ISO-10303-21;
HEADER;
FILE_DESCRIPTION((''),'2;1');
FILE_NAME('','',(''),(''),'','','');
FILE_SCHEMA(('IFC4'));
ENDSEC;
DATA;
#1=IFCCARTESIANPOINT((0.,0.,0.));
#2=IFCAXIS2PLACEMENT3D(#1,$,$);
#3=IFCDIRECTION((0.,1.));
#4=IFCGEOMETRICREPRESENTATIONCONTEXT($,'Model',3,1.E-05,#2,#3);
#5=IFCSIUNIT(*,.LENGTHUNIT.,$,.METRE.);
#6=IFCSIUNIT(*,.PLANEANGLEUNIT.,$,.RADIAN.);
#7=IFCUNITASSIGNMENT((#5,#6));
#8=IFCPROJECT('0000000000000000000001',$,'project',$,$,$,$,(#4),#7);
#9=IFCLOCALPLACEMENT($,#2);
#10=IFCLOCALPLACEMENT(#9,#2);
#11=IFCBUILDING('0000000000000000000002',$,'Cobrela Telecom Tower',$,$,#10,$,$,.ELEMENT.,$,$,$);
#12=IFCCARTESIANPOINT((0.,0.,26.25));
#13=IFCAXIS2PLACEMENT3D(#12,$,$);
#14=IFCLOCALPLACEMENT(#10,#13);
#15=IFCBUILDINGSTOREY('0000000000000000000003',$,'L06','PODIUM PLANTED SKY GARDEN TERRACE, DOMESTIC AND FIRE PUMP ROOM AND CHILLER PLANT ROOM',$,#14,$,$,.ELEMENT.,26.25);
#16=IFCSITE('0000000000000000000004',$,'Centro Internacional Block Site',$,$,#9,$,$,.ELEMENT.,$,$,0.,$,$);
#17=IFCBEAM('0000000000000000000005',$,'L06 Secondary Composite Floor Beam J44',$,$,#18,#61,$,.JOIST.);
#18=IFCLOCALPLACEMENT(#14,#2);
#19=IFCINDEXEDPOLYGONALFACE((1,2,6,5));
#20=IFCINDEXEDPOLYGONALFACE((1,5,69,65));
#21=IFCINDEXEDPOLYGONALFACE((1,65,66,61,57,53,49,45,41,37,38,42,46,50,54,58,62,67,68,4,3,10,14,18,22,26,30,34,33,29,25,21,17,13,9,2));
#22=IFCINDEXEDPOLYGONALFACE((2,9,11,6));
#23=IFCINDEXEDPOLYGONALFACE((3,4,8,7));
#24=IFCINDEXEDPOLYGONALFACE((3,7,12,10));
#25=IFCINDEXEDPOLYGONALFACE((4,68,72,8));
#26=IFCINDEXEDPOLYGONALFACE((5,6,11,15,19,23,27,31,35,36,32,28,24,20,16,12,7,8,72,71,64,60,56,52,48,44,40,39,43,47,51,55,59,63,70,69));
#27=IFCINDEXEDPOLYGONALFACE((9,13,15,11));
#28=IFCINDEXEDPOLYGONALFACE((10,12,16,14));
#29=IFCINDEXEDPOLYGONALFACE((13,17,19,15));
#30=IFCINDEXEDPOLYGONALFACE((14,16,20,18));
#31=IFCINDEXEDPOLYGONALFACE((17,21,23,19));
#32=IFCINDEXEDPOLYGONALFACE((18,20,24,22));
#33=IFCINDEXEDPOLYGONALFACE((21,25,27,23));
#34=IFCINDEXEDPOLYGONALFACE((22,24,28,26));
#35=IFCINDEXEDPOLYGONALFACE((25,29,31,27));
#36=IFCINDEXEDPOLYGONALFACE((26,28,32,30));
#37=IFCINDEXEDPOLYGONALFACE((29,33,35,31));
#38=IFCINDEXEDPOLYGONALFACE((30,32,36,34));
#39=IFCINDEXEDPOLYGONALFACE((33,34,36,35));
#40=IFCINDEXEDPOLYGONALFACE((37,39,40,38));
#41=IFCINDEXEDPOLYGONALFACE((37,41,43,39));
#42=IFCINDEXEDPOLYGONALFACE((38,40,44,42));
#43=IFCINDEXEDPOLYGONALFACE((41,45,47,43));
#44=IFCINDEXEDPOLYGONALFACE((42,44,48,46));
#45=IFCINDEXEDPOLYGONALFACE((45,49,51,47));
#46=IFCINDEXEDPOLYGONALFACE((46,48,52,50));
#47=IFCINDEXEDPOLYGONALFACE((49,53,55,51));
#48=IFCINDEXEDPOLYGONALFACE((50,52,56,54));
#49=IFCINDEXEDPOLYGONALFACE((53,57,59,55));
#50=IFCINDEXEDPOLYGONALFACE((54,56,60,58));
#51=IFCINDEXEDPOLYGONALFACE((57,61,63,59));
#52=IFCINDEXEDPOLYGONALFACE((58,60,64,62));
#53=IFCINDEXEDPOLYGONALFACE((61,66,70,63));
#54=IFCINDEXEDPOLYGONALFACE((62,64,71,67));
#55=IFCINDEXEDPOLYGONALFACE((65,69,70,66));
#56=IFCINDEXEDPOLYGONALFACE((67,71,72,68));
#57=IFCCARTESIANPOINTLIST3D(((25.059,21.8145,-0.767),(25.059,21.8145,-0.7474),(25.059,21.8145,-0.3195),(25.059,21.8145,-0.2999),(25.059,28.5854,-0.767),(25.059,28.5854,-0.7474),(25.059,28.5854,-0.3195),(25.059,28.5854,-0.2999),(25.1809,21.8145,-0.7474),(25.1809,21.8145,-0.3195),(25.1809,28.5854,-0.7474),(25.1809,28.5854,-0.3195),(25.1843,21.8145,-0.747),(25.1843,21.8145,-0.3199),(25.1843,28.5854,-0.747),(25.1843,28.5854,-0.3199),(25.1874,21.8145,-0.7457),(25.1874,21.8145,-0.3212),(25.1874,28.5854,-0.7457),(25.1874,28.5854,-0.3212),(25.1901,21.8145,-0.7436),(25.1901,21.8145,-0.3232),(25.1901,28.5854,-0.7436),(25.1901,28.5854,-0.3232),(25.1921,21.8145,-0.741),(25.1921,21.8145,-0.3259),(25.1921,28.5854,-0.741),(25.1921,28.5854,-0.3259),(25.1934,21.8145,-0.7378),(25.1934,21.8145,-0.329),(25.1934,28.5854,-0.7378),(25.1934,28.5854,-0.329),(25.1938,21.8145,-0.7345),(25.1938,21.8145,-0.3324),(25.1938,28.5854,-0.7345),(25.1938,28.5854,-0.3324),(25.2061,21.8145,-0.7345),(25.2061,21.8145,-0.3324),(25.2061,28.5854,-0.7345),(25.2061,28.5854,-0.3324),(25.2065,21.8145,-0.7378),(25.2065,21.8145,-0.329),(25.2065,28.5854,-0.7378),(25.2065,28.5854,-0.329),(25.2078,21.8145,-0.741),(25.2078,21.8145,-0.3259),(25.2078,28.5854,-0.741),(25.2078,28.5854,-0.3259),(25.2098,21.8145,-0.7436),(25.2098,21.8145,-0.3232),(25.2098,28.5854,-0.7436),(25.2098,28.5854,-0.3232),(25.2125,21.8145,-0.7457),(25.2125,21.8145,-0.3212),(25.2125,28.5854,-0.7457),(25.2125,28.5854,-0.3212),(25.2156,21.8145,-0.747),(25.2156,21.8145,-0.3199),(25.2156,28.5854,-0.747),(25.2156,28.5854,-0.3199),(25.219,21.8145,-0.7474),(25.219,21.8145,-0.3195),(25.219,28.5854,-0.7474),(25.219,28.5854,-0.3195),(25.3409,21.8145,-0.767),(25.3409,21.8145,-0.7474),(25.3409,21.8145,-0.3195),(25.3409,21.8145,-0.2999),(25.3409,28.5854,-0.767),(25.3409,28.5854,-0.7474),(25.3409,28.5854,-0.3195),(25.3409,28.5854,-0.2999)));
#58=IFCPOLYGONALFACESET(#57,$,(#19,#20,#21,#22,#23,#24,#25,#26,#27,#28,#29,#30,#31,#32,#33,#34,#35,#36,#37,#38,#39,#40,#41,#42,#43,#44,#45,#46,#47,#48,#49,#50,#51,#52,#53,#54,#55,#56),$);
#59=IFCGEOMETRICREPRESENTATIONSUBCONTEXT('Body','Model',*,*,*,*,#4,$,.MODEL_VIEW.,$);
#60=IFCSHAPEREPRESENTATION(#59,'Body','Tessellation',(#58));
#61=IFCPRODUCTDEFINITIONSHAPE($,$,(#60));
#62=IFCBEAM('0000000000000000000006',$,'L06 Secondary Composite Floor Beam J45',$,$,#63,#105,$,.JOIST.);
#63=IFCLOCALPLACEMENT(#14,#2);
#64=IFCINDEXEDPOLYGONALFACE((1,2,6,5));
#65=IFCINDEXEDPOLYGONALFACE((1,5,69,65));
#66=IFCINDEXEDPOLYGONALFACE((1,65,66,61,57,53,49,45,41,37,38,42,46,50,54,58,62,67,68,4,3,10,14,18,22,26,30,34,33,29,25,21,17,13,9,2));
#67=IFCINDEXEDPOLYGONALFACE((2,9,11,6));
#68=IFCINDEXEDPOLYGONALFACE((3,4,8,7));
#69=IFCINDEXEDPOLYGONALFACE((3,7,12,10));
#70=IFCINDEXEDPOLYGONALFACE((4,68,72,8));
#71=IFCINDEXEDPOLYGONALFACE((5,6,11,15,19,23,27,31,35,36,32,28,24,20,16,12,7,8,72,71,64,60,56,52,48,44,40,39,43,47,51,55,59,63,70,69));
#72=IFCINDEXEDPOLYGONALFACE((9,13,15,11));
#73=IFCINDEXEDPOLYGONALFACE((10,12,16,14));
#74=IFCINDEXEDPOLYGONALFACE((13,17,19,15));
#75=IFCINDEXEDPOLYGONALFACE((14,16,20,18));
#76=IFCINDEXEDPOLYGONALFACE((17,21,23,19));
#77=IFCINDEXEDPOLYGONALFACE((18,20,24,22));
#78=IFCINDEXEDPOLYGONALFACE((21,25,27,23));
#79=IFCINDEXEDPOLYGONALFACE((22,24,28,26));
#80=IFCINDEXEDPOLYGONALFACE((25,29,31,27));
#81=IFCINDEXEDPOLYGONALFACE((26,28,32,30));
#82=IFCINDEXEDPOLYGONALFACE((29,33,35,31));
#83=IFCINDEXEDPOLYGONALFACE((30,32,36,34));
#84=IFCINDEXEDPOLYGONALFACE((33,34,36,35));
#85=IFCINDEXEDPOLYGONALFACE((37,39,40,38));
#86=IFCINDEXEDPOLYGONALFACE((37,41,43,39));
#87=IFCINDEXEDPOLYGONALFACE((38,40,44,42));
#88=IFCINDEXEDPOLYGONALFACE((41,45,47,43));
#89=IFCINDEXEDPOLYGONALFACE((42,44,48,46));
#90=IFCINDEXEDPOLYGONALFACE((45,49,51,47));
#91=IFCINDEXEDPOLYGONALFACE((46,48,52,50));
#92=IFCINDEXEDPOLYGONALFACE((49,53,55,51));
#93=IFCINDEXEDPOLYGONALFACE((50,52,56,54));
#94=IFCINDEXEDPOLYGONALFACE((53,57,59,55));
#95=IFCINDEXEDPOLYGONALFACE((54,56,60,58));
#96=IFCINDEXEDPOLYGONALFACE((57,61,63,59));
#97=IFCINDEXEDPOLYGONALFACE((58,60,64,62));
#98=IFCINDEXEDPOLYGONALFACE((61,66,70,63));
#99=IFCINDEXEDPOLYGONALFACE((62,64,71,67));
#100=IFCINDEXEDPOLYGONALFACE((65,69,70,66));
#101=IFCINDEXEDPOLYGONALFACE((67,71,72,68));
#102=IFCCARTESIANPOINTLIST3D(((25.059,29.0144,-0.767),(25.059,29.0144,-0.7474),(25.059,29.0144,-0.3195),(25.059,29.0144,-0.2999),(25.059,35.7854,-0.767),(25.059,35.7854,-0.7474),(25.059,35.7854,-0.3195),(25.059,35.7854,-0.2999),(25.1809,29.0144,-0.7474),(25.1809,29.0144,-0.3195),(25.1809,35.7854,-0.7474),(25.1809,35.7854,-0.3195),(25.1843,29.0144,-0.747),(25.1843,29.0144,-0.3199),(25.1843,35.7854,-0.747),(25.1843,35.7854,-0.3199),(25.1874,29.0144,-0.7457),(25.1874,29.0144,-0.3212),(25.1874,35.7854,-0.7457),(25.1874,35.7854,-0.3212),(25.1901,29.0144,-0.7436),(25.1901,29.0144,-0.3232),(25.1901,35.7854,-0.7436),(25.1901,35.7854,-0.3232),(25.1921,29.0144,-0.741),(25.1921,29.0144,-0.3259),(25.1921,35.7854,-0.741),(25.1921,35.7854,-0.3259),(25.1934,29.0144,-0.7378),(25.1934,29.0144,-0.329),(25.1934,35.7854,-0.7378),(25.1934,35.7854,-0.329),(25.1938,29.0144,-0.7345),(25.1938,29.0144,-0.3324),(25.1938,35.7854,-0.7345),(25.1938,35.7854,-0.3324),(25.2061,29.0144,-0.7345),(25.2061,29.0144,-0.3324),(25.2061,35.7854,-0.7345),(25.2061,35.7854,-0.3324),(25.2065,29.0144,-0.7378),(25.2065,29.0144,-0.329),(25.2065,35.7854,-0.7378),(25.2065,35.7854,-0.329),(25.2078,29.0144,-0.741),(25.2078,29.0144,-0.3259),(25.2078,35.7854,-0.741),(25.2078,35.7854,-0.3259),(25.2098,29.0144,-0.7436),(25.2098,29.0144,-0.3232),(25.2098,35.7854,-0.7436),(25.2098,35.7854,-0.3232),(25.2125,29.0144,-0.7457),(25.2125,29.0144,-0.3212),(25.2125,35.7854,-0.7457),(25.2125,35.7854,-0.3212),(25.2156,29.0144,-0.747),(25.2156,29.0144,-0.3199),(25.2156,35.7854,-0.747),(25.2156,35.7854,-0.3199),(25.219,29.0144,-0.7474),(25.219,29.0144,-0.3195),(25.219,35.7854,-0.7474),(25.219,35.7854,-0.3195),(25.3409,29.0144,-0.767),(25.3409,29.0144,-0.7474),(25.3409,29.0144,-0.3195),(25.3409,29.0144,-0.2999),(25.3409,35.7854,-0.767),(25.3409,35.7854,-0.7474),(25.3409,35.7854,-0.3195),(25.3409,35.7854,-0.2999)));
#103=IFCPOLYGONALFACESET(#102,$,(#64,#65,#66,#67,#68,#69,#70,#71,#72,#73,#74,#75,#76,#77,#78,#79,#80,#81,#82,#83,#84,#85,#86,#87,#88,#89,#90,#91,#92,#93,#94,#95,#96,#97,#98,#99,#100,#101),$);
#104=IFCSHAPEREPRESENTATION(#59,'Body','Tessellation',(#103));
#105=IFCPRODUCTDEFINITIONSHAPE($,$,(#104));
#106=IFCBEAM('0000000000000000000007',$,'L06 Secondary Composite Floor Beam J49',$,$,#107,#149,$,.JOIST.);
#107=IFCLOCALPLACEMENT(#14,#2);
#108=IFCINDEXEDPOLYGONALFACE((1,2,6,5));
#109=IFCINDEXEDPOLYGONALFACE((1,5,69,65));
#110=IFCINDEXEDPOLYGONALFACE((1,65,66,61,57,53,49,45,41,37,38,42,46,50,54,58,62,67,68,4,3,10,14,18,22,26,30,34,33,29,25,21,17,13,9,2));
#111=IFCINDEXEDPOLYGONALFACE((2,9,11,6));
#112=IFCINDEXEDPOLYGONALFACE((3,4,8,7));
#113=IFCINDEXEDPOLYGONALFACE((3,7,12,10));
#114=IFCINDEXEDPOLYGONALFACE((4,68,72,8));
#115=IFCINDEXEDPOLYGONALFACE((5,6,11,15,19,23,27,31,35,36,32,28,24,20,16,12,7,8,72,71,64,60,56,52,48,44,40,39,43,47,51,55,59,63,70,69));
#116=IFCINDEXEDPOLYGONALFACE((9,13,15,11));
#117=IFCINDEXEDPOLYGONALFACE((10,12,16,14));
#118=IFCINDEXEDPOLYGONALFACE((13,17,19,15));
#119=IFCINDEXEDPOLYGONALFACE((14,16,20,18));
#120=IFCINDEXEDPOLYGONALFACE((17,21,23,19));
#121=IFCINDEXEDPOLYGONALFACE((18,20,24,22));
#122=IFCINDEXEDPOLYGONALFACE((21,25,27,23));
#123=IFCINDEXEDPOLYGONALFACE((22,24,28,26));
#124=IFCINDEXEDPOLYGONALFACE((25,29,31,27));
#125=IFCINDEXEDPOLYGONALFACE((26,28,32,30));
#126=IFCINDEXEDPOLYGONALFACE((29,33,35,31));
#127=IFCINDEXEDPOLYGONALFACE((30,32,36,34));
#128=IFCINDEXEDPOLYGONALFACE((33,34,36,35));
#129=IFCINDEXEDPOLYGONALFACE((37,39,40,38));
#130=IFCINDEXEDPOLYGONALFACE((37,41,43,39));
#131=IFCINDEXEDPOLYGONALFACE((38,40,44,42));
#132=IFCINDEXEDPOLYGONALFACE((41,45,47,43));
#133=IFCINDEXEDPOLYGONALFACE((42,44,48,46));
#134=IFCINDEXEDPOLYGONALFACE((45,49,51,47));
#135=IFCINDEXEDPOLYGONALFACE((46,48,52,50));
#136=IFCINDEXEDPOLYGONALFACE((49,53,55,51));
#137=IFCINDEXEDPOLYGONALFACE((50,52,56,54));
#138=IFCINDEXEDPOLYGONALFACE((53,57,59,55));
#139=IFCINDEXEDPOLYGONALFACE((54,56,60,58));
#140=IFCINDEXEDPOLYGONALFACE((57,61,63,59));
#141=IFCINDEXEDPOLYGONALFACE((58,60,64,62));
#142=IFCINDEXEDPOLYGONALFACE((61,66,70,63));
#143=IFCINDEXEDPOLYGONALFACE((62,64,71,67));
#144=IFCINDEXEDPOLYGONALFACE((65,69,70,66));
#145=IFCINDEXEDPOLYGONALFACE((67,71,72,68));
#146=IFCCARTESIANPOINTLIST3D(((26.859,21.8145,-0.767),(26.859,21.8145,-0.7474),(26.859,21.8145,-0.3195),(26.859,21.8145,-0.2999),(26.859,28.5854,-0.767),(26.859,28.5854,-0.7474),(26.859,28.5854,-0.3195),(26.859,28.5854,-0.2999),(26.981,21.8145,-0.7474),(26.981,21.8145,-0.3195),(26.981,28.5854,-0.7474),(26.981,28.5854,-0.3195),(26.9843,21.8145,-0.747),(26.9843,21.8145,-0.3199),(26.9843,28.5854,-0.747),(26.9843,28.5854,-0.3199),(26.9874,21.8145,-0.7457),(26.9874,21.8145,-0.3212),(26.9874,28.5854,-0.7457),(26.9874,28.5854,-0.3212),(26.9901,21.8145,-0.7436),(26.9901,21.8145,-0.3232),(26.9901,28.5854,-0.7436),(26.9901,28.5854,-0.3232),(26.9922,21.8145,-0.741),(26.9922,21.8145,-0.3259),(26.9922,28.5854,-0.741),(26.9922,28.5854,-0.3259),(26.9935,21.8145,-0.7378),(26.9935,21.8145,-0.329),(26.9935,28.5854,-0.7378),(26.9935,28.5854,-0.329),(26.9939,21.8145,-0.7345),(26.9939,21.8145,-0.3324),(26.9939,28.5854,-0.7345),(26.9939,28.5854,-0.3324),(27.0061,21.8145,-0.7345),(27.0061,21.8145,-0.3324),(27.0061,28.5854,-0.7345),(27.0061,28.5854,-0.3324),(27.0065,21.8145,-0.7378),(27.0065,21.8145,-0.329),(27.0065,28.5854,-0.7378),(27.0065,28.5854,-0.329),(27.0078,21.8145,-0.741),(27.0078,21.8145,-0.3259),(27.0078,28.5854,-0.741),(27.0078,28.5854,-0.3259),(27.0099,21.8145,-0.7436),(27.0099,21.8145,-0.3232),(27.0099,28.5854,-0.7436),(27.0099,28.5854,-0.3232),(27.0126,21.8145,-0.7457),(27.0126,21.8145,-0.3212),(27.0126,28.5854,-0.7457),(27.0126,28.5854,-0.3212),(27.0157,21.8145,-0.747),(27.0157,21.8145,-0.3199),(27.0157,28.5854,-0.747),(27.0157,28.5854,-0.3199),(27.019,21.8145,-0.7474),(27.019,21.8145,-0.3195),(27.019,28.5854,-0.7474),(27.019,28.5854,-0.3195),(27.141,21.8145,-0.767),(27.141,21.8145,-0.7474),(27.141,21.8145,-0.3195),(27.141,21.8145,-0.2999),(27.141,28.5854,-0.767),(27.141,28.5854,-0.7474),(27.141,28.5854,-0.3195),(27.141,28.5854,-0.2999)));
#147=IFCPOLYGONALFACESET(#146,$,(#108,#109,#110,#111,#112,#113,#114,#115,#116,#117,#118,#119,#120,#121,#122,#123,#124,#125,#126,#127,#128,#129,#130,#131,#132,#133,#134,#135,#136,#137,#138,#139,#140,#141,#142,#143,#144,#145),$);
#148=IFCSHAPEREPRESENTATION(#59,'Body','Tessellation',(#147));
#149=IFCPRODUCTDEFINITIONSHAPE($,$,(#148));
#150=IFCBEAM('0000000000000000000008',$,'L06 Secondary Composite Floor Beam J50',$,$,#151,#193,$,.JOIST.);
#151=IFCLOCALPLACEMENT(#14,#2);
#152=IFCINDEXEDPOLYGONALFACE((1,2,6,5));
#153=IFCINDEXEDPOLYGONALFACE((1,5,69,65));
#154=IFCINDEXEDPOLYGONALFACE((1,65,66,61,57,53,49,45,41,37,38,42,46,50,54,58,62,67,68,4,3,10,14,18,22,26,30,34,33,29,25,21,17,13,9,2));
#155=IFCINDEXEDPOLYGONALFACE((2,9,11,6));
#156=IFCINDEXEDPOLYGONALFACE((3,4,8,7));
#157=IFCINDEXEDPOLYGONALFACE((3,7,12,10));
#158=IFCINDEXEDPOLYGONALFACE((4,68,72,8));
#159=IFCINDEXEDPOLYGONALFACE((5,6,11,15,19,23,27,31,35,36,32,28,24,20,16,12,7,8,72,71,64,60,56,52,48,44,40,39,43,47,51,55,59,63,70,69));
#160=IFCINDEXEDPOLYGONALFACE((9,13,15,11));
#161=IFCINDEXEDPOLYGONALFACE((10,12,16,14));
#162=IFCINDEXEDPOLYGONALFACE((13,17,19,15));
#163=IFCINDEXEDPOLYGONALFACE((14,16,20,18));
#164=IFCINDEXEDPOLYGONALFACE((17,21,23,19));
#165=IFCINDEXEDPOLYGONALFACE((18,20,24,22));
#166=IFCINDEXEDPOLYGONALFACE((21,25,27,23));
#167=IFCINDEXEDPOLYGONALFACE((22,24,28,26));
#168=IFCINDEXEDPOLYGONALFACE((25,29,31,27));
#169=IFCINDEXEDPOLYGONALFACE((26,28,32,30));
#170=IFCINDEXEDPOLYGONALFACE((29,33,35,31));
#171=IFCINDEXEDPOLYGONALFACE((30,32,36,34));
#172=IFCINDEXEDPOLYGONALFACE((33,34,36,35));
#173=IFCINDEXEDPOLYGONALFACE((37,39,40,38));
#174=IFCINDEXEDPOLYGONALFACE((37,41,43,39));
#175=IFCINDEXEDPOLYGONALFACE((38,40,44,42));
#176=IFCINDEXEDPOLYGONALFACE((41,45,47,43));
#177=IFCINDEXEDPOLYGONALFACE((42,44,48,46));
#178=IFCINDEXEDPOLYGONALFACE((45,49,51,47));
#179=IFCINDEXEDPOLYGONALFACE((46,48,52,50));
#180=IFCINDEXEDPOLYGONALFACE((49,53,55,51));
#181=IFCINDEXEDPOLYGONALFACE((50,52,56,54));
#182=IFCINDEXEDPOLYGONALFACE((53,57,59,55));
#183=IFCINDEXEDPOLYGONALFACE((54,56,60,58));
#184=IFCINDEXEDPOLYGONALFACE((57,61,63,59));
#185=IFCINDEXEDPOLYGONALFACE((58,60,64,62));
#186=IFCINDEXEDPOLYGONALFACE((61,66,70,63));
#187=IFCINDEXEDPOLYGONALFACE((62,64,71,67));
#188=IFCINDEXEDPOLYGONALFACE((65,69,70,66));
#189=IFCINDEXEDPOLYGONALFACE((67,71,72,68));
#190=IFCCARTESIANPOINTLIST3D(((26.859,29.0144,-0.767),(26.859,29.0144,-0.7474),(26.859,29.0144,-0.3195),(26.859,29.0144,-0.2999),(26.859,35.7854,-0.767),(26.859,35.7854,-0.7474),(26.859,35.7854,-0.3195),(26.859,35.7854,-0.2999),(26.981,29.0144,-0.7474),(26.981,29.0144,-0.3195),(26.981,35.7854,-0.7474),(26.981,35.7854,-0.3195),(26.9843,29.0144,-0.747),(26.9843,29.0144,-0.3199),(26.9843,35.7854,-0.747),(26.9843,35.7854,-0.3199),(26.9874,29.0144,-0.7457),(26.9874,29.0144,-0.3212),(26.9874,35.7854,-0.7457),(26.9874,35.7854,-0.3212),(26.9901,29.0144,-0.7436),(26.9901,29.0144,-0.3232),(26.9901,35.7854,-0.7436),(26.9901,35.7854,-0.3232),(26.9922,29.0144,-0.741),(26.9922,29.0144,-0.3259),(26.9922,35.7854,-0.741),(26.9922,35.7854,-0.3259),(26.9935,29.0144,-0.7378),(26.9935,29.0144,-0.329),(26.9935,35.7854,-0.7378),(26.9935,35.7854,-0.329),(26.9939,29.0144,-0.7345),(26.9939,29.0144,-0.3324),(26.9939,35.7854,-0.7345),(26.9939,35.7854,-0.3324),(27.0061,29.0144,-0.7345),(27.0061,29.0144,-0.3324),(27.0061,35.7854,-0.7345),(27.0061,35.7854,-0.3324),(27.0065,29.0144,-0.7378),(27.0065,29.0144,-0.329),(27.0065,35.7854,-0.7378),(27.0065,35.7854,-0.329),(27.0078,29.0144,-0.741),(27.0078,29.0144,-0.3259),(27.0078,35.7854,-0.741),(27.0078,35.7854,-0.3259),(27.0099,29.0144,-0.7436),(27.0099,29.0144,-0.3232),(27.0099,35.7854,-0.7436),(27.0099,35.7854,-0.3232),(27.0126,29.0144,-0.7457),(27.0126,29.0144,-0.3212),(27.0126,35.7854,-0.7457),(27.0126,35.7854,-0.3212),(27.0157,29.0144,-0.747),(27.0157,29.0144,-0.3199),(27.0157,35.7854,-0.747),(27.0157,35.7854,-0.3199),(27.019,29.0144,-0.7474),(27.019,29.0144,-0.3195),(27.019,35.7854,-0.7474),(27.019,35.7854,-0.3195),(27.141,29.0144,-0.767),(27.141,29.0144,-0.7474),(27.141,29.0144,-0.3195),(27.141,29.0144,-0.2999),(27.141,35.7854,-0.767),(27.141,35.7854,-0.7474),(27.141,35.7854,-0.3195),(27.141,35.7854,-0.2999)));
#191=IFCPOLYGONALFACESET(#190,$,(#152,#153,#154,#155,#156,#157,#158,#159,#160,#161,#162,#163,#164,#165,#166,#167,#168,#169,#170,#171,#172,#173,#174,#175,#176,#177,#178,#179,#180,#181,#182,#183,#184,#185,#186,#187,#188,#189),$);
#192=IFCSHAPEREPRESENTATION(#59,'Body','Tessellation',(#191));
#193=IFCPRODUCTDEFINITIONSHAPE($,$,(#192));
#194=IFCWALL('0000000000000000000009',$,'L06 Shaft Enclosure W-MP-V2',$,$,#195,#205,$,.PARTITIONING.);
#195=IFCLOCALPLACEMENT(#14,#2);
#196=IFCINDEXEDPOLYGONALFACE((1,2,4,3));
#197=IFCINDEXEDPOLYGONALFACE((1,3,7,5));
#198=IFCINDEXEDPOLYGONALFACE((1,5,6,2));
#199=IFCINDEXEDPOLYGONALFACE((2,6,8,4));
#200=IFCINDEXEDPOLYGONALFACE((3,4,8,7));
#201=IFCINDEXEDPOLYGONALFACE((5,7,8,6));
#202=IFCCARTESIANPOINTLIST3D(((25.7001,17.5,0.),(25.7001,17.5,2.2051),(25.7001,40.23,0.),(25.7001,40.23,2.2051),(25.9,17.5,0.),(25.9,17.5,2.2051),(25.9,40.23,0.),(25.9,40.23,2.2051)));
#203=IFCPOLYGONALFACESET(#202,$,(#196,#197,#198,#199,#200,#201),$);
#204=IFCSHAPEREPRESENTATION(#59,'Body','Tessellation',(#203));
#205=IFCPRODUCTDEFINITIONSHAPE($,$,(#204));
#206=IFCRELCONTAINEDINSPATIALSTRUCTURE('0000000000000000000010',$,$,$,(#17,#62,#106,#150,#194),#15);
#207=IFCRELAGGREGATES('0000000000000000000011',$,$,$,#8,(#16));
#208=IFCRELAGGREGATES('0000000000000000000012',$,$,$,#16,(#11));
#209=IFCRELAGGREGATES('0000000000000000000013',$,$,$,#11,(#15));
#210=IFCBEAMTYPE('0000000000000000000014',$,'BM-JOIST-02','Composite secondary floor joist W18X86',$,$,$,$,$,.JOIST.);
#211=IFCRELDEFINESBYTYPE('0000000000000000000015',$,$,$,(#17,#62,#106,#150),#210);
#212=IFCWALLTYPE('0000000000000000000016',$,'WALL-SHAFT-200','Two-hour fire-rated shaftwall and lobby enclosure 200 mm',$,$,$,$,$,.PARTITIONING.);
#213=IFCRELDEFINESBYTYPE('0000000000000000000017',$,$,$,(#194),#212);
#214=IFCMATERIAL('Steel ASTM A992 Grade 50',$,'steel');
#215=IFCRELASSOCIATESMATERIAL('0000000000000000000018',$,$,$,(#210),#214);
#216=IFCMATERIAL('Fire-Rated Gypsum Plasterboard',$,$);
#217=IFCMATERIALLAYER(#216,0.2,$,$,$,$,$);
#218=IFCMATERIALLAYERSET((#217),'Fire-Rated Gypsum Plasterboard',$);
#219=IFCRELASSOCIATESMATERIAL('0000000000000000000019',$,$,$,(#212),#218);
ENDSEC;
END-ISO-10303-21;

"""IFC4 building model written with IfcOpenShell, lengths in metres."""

from ifc_helpers import new_model, si_unit, direction, frame, frame_2d, origin, origin_2d, place, context, subcontext, project, spatial, rectangle, i_section, extrude, material, layer, layer_set, material_profile, profile_set, type_object, element, save


model = new_model("IFC4")

# Units and contexts
model_context = context("Model", 3, precision=1e-05, world=origin(), true_north=direction((0.0, 1.0)))
body_context = subcontext(model_context, "Body", "Model", "MODEL_VIEW")
ifc_project = project(units=[si_unit("LENGTHUNIT", "METRE"), si_unit("PLANEANGLEUNIT", "RADIAN")], contexts=[model_context])

# Site, building, storey
site_placement = place(None, origin())
site = spatial("IfcSite", under=ifc_project, at=site_placement, Name="Centro Internacional Block Site", CompositionType="ELEMENT", RefElevation=0.0)
building_placement = place(site_placement, origin())
building = spatial("IfcBuilding", under=site, at=building_placement, Name="Cobrela Telecom Tower", CompositionType="ELEMENT")
storey_placement = place(building_placement, frame((0.0, 0.0, 26.25)))
storey = spatial("IfcBuildingStorey", under=building, at=storey_placement, Name="L06", Description="PODIUM PLANTED SKY GARDEN TERRACE, DOMESTIC AND FIRE PUMP ROOM AND CHILLER PLANT ROOM", CompositionType="ELEMENT", Elevation=26.25)

# Beams
ifc_material_1 = material(Name="Steel ASTM A992 Grade 50", Category="steel")
ifc_material_profile = material_profile(ifc_material_1, i_section(OverallWidth=0.282, OverallDepth=0.467, WebThickness=0.0122, FlangeThickness=0.0195, FilletRadius=0.0129, at=origin_2d()), Name="W18X86")
ifc_profile_set = profile_set([ifc_material_profile], Name="Steel ASTM A992 Grade 50")
beam_type = type_object("IfcBeamType", Name="BM-JOIST-02", Description="Composite secondary floor joist W18X86", PredefinedType="JOIST", material=ifc_profile_set)
for number, where, z_axis, x_axis, name in (
    (1, (25.2, 21.8145, -0.5334), (0.0, 1.0, 0.0), (-1.0, 0.0, 0.0), "L06 Secondary Composite Floor Beam J44"),
    (2, (25.2, 29.0144, -0.5334), (0.0, 1.0, 0.0), (-1.0, 0.0, 0.0), "L06 Secondary Composite Floor Beam J45"),
    (3, (27.0, 21.8145, -0.5334), (0.0, 1.0, 0.0), (-1.0, 0.0, 0.0), "L06 Secondary Composite Floor Beam J49"),
    (4, (27.0, 29.0144, -0.5334), (0.0, 1.0, 0.0), (-1.0, 0.0, 0.0), "L06 Secondary Composite Floor Beam J50"),
):
    element("IfcBeam", number, at=place(storey_placement, frame(where, z_axis=z_axis, x_axis=x_axis)), inside=storey, type_object=beam_type, Name=name, PredefinedType="JOIST", context=body_context, shape_type="SweptSolid", body=[
        extrude(i_section(OverallWidth=0.282, OverallDepth=0.467, WebThickness=0.0122, FlangeThickness=0.0195, FilletRadius=0.0129, at=origin_2d()), origin(), (0.0, 0.0, 1.0), 6.771),
    ])

# Shared definitions
ifc_material_2 = material(Name="Fire-Rated Gypsum Plasterboard")
ifc_layer = layer(ifc_material_2, 0.2)
ifc_layer_set = layer_set([ifc_layer], Name="Fire-Rated Gypsum Plasterboard")
wall_type = type_object("IfcWallType", Name="WALL-SHAFT-200", Description="Two-hour fire-rated shaftwall and lobby enclosure 200 mm", PredefinedType="PARTITIONING", material=ifc_layer_set)

# Wall
wall_1_placement = place(storey_placement, frame((25.8, 17.5, 0.0), z_axis=(0.0, 0.0, 1.0), x_axis=(0.0, 1.0, 0.0)))
element("IfcWall", 5, at=wall_1_placement, inside=storey, type_object=wall_type, Name="L06 Shaft Enclosure W-MP-V2", PredefinedType="PARTITIONING", context=body_context, shape_type="SweptSolid", body=[
    extrude(rectangle(XDim=22.73, YDim=0.2, at=frame_2d((11.365, 0.0))), origin(), (0.0, 0.0, 1.0), 2.2051),
])

save(model, "model.ifc")
